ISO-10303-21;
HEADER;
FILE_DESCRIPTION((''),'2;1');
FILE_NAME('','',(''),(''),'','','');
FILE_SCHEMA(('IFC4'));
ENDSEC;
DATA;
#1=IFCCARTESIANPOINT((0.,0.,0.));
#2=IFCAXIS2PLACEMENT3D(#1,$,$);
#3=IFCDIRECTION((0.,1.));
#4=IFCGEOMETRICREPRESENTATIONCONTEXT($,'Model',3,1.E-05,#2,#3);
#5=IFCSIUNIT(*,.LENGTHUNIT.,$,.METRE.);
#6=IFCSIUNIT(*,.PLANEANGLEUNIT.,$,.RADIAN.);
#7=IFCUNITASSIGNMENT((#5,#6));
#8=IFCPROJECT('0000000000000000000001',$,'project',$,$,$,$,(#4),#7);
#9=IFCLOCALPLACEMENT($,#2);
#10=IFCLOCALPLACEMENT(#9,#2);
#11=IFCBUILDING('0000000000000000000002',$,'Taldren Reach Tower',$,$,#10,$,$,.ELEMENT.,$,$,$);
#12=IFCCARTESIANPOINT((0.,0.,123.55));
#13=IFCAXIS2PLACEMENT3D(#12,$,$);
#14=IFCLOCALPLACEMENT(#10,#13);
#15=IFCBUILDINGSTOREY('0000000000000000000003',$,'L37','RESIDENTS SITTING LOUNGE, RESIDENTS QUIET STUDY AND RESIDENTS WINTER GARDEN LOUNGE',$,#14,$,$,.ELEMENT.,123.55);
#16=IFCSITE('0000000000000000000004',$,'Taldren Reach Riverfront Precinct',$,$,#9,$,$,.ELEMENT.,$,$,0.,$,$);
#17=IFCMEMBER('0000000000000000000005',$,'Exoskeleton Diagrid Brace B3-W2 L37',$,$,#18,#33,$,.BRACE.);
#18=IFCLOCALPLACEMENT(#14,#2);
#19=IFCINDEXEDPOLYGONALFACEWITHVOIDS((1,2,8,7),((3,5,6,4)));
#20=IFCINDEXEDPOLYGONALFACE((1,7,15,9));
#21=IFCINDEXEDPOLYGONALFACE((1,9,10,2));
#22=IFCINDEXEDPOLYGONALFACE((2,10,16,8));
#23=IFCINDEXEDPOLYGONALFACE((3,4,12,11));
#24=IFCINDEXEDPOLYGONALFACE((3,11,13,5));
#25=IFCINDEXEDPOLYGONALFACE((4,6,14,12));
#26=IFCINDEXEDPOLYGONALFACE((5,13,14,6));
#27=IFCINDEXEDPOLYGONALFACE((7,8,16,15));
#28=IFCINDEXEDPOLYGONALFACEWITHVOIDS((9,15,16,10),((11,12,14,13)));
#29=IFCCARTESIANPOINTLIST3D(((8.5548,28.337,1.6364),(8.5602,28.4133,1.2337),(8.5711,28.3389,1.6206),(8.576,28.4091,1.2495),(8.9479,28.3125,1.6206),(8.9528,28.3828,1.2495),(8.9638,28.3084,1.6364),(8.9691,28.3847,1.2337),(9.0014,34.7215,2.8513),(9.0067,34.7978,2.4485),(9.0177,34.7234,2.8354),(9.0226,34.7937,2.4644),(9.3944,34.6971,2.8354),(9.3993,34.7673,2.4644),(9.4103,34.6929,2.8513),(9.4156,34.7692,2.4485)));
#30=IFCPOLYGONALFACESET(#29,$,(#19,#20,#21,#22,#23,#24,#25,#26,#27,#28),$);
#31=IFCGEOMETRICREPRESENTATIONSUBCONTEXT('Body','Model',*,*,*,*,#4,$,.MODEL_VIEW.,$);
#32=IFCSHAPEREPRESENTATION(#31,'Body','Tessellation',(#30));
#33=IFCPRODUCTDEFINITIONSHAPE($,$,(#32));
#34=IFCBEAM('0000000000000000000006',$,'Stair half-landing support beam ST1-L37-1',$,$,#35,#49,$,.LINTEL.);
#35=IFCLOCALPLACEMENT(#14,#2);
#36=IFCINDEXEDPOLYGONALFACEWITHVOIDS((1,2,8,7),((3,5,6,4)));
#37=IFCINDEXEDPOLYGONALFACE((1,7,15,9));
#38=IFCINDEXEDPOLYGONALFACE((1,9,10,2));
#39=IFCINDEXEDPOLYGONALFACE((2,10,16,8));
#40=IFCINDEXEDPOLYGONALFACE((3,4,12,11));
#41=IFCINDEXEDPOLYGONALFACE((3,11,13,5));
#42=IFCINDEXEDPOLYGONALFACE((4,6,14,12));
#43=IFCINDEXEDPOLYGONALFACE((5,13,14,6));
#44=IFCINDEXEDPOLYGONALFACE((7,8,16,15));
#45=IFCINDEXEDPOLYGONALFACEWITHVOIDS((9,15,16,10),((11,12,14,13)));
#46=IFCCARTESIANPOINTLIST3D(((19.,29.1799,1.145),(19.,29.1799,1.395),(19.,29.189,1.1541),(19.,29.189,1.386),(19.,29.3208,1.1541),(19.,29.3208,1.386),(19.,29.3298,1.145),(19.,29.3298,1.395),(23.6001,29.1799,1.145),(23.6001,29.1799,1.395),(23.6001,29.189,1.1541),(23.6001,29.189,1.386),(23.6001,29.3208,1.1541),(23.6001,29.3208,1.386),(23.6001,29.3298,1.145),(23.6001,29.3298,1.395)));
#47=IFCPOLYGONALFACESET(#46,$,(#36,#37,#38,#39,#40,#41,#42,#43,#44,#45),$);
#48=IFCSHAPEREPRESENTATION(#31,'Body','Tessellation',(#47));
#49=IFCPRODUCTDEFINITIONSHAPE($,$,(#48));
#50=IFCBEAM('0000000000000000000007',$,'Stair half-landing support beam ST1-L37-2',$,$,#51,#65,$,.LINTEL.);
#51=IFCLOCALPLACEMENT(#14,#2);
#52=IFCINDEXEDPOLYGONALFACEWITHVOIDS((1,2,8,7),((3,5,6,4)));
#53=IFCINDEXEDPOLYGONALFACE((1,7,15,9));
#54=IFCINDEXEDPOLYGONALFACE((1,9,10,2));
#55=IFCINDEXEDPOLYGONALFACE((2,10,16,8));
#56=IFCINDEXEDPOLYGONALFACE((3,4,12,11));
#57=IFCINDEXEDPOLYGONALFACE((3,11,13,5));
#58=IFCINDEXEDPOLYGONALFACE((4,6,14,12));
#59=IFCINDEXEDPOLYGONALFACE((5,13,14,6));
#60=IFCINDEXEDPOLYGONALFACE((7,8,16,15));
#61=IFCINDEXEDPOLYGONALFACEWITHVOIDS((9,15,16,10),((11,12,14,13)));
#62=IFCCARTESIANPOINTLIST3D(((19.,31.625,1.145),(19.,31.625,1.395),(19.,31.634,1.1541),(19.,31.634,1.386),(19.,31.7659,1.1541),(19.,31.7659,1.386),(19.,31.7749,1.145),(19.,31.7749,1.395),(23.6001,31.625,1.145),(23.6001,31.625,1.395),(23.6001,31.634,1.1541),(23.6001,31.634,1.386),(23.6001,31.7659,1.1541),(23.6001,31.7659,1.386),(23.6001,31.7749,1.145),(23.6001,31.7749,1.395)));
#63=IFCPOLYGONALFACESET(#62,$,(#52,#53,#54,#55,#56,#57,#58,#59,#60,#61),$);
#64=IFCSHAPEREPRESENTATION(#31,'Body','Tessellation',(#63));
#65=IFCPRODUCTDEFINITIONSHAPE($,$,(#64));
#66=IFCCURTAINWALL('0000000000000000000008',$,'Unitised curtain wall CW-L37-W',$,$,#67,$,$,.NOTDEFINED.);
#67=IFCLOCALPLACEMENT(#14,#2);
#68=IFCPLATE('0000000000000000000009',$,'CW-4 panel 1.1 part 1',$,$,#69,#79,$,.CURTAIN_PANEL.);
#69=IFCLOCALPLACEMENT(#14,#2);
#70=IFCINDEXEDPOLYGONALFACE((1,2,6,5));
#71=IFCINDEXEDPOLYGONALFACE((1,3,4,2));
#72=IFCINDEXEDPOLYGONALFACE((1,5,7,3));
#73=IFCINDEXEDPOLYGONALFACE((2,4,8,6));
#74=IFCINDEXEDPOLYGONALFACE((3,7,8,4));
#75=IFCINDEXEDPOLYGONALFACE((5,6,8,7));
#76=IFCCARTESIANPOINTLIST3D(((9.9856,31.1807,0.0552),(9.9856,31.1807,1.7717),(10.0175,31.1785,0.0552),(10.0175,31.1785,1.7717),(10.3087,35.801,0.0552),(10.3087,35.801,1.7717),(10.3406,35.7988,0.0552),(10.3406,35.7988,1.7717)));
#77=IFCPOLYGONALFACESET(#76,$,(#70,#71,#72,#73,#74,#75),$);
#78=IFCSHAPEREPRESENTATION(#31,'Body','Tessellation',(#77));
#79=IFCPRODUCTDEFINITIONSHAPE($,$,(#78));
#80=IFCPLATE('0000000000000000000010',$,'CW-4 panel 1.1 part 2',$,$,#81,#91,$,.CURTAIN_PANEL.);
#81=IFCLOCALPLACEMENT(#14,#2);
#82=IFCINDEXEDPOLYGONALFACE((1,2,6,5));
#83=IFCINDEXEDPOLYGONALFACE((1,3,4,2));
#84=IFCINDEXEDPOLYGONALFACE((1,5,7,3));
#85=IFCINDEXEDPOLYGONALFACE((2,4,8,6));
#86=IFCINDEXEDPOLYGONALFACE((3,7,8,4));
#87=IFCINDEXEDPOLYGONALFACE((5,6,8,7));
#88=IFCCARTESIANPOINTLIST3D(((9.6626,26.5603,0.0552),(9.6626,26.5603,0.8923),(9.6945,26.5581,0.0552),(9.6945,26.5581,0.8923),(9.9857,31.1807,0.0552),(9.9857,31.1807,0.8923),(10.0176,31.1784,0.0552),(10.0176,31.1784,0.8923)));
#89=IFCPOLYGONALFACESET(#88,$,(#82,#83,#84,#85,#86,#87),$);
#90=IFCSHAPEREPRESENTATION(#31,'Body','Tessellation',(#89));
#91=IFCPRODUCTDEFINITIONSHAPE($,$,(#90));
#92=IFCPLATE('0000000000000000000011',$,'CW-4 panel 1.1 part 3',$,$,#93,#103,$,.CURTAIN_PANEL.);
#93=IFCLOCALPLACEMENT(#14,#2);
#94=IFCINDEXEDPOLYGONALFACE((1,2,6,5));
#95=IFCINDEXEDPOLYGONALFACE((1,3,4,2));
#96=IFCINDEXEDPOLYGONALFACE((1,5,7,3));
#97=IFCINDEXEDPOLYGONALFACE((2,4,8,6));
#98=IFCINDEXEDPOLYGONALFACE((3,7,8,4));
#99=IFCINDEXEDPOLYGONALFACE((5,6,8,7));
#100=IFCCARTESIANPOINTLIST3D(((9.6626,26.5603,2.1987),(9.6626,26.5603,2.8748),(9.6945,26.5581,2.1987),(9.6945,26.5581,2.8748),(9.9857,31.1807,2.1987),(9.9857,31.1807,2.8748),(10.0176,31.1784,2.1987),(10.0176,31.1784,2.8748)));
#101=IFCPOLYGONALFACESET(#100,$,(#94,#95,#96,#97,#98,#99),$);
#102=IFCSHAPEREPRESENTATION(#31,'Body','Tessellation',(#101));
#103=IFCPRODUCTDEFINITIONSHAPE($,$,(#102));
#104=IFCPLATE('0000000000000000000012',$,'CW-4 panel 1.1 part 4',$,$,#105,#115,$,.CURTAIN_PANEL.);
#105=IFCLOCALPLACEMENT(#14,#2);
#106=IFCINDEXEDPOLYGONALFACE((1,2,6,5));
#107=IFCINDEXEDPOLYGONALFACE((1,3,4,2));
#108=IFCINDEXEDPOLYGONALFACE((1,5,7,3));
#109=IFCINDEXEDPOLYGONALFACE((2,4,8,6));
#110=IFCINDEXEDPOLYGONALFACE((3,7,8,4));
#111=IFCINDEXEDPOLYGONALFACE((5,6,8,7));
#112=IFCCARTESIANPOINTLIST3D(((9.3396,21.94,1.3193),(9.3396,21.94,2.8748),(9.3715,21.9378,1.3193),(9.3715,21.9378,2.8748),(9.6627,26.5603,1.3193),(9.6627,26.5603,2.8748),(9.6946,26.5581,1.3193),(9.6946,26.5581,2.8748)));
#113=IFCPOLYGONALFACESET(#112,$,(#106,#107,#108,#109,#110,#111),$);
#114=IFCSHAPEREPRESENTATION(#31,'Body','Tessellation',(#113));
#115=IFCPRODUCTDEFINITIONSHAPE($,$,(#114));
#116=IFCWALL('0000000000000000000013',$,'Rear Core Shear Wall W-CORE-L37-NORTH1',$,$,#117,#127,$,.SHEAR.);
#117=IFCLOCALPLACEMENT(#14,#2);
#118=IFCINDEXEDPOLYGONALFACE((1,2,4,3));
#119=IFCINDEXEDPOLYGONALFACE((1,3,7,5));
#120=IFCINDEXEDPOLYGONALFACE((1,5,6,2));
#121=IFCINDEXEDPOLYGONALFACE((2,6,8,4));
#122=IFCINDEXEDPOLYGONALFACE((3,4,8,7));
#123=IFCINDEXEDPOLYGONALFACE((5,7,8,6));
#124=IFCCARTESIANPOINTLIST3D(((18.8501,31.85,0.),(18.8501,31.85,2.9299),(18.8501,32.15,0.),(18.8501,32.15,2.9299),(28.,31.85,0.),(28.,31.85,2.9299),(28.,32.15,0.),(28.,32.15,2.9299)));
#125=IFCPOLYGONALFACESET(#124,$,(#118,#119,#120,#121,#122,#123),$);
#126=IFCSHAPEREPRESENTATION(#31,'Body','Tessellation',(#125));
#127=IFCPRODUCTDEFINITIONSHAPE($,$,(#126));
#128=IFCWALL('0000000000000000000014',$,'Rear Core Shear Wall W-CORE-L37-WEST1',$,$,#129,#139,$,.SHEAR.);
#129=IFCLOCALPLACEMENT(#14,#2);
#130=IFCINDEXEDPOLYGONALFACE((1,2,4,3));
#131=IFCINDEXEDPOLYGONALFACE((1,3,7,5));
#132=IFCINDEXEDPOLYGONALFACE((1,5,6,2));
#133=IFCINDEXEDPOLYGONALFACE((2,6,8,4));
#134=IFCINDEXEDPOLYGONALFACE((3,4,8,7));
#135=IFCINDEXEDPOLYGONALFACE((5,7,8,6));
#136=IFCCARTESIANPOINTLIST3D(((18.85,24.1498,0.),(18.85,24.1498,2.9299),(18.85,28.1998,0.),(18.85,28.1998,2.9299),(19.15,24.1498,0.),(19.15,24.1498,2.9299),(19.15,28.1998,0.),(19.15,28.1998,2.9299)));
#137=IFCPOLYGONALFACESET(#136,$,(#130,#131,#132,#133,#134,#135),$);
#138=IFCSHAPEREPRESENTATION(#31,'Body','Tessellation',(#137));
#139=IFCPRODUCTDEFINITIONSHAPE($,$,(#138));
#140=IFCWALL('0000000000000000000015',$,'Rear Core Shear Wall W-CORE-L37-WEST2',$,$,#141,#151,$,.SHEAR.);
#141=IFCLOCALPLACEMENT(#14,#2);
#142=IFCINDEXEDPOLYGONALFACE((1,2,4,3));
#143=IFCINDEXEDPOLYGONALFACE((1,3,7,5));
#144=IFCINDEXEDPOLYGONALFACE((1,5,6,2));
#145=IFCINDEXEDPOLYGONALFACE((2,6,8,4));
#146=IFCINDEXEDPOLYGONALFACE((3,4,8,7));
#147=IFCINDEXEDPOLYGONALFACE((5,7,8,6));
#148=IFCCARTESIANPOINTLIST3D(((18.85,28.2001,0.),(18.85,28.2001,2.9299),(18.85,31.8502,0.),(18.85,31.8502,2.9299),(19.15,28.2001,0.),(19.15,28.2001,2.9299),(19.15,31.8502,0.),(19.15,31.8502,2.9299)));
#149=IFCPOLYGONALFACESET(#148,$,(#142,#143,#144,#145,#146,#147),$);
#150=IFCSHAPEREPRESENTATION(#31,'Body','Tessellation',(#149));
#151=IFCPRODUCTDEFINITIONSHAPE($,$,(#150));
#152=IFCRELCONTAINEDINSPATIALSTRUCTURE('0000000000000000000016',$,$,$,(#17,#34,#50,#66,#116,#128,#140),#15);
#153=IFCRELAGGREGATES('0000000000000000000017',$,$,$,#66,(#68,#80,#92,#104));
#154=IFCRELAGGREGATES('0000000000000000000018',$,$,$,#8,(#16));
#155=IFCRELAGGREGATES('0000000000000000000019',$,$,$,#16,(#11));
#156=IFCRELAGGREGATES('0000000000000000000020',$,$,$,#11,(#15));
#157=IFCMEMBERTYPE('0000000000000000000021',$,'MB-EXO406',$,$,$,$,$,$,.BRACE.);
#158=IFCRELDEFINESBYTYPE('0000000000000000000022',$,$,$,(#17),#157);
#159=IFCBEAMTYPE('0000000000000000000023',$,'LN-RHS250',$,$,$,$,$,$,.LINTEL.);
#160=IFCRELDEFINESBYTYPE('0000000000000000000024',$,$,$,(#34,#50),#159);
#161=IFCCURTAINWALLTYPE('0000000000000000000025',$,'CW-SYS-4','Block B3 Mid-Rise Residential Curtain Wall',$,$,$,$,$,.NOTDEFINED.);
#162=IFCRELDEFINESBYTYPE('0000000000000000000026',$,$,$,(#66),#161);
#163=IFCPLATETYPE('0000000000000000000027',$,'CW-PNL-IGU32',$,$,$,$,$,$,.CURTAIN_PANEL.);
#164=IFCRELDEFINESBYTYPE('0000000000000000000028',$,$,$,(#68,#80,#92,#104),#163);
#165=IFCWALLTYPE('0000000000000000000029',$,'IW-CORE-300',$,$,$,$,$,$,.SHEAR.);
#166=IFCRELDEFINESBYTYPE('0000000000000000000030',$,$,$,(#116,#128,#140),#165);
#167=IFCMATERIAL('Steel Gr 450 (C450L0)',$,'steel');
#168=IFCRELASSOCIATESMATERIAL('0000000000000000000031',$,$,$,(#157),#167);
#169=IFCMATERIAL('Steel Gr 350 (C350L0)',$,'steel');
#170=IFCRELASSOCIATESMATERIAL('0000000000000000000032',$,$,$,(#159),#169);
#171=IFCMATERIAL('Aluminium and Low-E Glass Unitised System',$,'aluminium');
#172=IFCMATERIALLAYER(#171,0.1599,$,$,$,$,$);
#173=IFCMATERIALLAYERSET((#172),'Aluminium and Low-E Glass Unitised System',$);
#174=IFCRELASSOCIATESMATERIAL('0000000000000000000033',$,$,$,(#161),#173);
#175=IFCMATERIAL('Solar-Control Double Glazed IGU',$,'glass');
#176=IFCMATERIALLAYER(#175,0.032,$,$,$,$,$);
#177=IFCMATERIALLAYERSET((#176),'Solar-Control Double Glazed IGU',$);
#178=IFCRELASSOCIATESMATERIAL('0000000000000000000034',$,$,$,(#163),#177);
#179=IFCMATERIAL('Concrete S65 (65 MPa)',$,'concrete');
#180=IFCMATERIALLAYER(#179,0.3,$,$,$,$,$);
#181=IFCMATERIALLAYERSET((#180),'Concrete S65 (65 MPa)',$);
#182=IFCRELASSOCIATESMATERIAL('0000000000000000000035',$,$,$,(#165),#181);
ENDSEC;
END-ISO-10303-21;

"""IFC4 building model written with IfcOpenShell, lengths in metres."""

from ifc_helpers import new_model, si_unit, direction, frame, frame_2d, origin, origin_2d, place, context, subcontext, project, spatial, rectangle, hollow_rectangle, extrude, source, transform, mapped, material, layer, layer_set, material_profile, profile_set, type_object, element, aggregate, save


model = new_model("IFC4")

# Units and contexts
model_context = context("Model", 3, precision=1e-05, world=origin(), true_north=direction((0.0, 1.0)))
body_context = subcontext(model_context, "Body", "Model", "MODEL_VIEW")
ifc_project = project(units=[si_unit("LENGTHUNIT", "METRE"), si_unit("PLANEANGLEUNIT", "RADIAN")], contexts=[model_context])

# Site, building, storey
site_placement = place(None, origin())
site = spatial("IfcSite", under=ifc_project, at=site_placement, Name="Taldren Reach Riverfront Precinct", CompositionType="ELEMENT", RefElevation=0.0)
building_placement = place(site_placement, origin())
building = spatial("IfcBuilding", under=site, at=building_placement, Name="Taldren Reach Tower", CompositionType="ELEMENT")
storey_placement = place(building_placement, frame((0.0, 0.0, 123.55)))
storey = spatial("IfcBuildingStorey", under=building, at=storey_placement, Name="L37", Description="RESIDENTS SITTING LOUNGE, RESIDENTS QUIET STUDY AND RESIDENTS WINTER GARDEN LOUNGE", CompositionType="ELEMENT", Elevation=123.55)

# Shared definitions
ifc_material_1 = material(Name="Steel Gr 450 (C450L0)", Category="steel")

# Member
ifc_material_profile_1 = material_profile(ifc_material_1, hollow_rectangle(XDim=0.4099, YDim=0.4099, WallThickness=0.0161, at=origin_2d()), Name="410x410x16.0SHS")
ifc_profile_set_1 = profile_set([ifc_material_profile_1], Name="Steel Gr 450 (C450L0)")
member_type = type_object("IfcMemberType", Name="MB-EXO406", PredefinedType="BRACE", material=ifc_profile_set_1)
shared_shape_1 = source(origin(), body_context, "Body", "SweptSolid", [
    extrude(hollow_rectangle(XDim=0.4099, YDim=0.4099, WallThickness=0.0161, at=origin_2d()), origin(), (0.0, 0.0, 1.0), 6.5144),
])
member_placement = place(storey_placement, frame((8.762, 28.3608, 1.4351), z_axis=(0.068546, 0.980063, 0.186486), x_axis=(-0.997563, 0.06977, 0.0)))
element("IfcMember", 1, at=member_placement, inside=storey, type_object=member_type, Name="Exoskeleton Diagrid Brace B3-W2 L37", PredefinedType="BRACE", context=body_context, shape_type="MappedRepresentation", body=[
    mapped(shared_shape_1, transform((0.0, 0.0, 0.0), scale=1.0)),
])

# Beams
ifc_material_2 = material(Name="Steel Gr 350 (C350L0)", Category="steel")
ifc_material_profile_2 = material_profile(ifc_material_2, hollow_rectangle(XDim=0.1499, YDim=0.25, WallThickness=0.009, at=origin_2d()), Name="250x150x9.0RHS")
ifc_profile_set_2 = profile_set([ifc_material_profile_2], Name="Steel Gr 350 (C350L0)")
beam_type_1 = type_object("IfcBeamType", Name="LN-RHS250", PredefinedType="LINTEL", material=ifc_profile_set_2)
shared_shape_2 = source(origin(), body_context, "Body", "SweptSolid", [
    extrude(hollow_rectangle(XDim=0.1499, YDim=0.25, WallThickness=0.009, at=origin_2d()), origin(), (0.0, 0.0, 1.0), 4.6001),
])
for number, where, z_axis, x_axis, name in (
    (2, (19.0, 29.2549, 1.27), (1.0, 0.0, 0.0), (0.0, 1.0, 0.0), "Stair half-landing support beam ST1-L37-1"),
    (3, (19.0, 31.7, 1.27), (1.0, 0.0, 0.0), (0.0, 1.0, 0.0), "Stair half-landing support beam ST1-L37-2"),
):
    element("IfcBeam", number, at=place(storey_placement, frame(where, z_axis=z_axis, x_axis=x_axis)), inside=storey, type_object=beam_type_1, Name=name, PredefinedType="LINTEL", context=body_context, shape_type="MappedRepresentation", body=[
        mapped(shared_shape_2, transform((0.0, 0.0, 0.0), scale=1.0)),
    ])

# Curtain wall, plates
ifc_material_3 = material(Name="Aluminium and Low-E Glass Unitised System", Category="aluminium")
ifc_layer_1 = layer(ifc_material_3, 0.1599)
ifc_layer_set_1 = layer_set([ifc_layer_1], Name="Aluminium and Low-E Glass Unitised System")
curtain_wall_type = type_object("IfcCurtainWallType", Name="CW-SYS-4", Description="Block B3 Mid-Rise Residential Curtain Wall", PredefinedType="NOTDEFINED", material=ifc_layer_set_1)
curtain_wall_placement = place(storey_placement, origin())
curtain_wall = element("IfcCurtainWall", 4, at=curtain_wall_placement, inside=storey, type_object=curtain_wall_type, Name="Unitised curtain wall CW-L37-W", PredefinedType="NOTDEFINED")
ifc_material_4 = material(Name="Solar-Control Double Glazed IGU", Category="glass")
ifc_layer_2 = layer(ifc_material_4, 0.032)
ifc_layer_set_2 = layer_set([ifc_layer_2], Name="Solar-Control Double Glazed IGU")
plate_type = type_object("IfcPlateType", Name="CW-PNL-IGU32", PredefinedType="CURTAIN_PANEL", material=ifc_layer_set_2)
shared_shape_3 = source(origin(), body_context, "Body", "SweptSolid", [
    extrude(rectangle(XDim=4.6316, YDim=0.032, at=origin_2d()), origin(), (0.0, 0.0, 1.0), 1.7166),
])
plate_1_placement = place(storey_placement, frame((10.1631, 33.4897, 0.0552), z_axis=(0.0, 0.0, 1.0), x_axis=(-0.069756, -0.997564, 0.0)))
plate_1 = element("IfcPlate", 5, at=plate_1_placement, type_object=plate_type, Name="CW-4 panel 1.1 part 1", PredefinedType="CURTAIN_PANEL", context=body_context, shape_type="MappedRepresentation", body=[
    mapped(shared_shape_3, transform((0.0, 0.0, 0.0), scale=1.0)),
])
shared_shape_4 = source(origin(), body_context, "Body", "SweptSolid", [
    extrude(rectangle(XDim=4.6316, YDim=0.032, at=origin_2d()), origin(), (0.0, 0.0, 1.0), 0.8372),
])
plate_2_placement = place(storey_placement, frame((9.8401, 28.8694, 0.0552), z_axis=(0.0, 0.0, 1.0), x_axis=(-0.069756, -0.997564, 0.0)))
plate_2 = element("IfcPlate", 6, at=plate_2_placement, type_object=plate_type, Name="CW-4 panel 1.1 part 2", PredefinedType="CURTAIN_PANEL", context=body_context, shape_type="MappedRepresentation", body=[
    mapped(shared_shape_4, transform((0.0, 0.0, 0.0), scale=1.0)),
])
shared_shape_5 = source(origin(), body_context, "Body", "SweptSolid", [
    extrude(rectangle(XDim=4.6316, YDim=0.032, at=origin_2d()), origin(), (0.0, 0.0, 1.0), 0.676),
])
plate_3_placement = place(storey_placement, frame((9.8401, 28.8694, 2.1987), z_axis=(0.0, 0.0, 1.0), x_axis=(-0.069756, -0.997564, 0.0)))
plate_3 = element("IfcPlate", 7, at=plate_3_placement, type_object=plate_type, Name="CW-4 panel 1.1 part 3", PredefinedType="CURTAIN_PANEL", context=body_context, shape_type="MappedRepresentation", body=[
    mapped(shared_shape_5, transform((0.0, 0.0, 0.0), scale=1.0)),
])
shared_shape_6 = source(origin(), body_context, "Body", "SweptSolid", [
    extrude(rectangle(XDim=4.6316, YDim=0.032, at=origin_2d()), origin(), (0.0, 0.0, 1.0), 1.5554),
])
plate_4_placement = place(storey_placement, frame((9.5171, 24.249, 1.3193), z_axis=(0.0, 0.0, 1.0), x_axis=(-0.069756, -0.997564, 0.0)))
plate_4 = element("IfcPlate", 8, at=plate_4_placement, type_object=plate_type, Name="CW-4 panel 1.1 part 4", PredefinedType="CURTAIN_PANEL", context=body_context, shape_type="MappedRepresentation", body=[
    mapped(shared_shape_6, transform((0.0, 0.0, 0.0), scale=1.0)),
])
aggregate(curtain_wall, [plate_1, plate_2, plate_3, plate_4])

# Walls
ifc_material_5 = material(Name="Concrete S65 (65 MPa)", Category="concrete")
ifc_layer_3 = layer(ifc_material_5, 0.3)
ifc_layer_set_3 = layer_set([ifc_layer_3], Name="Concrete S65 (65 MPa)")
wall_type = type_object("IfcWallType", Name="IW-CORE-300", PredefinedType="SHEAR", material=ifc_layer_set_3)
shared_shape_7 = source(origin(), body_context, "Body", "SweptSolid", [
    extrude(rectangle(XDim=9.1499, YDim=0.3, at=frame_2d((4.575, 0.0))), origin(), (0.0, 0.0, 1.0), 2.9299),
])
wall_1_placement = place(storey_placement, frame((18.8501, 32.0, 0.0), z_axis=(0.0, 0.0, 1.0), x_axis=(1.0, 0.0, 0.0)))
element("IfcWall", 9, at=wall_1_placement, inside=storey, type_object=wall_type, Name="Rear Core Shear Wall W-CORE-L37-NORTH1", PredefinedType="SHEAR", context=body_context, shape_type="MappedRepresentation", body=[
    mapped(shared_shape_7, transform((0.0, 0.0, 0.0), scale=1.0)),
])
shared_shape_8 = source(origin(), body_context, "Body", "SweptSolid", [
    extrude(rectangle(XDim=4.05, YDim=0.3, at=frame_2d((2.0249, 0.0))), origin(), (0.0, 0.0, 1.0), 2.9299),
])
wall_2_placement = place(storey_placement, frame((19.0, 24.1499, 0.0), z_axis=(0.0, 0.0, 1.0), x_axis=(0.0, 1.0, 0.0)))
element("IfcWall", 10, at=wall_2_placement, inside=storey, type_object=wall_type, Name="Rear Core Shear Wall W-CORE-L37-WEST1", PredefinedType="SHEAR", context=body_context, shape_type="MappedRepresentation", body=[
    mapped(shared_shape_8, transform((0.0, 0.0, 0.0), scale=1.0)),
])
shared_shape_9 = source(origin(), body_context, "Body", "SweptSolid", [
    extrude(rectangle(XDim=3.6501, YDim=0.3, at=frame_2d((1.8252, 0.0))), origin(), (0.0, 0.0, 1.0), 2.9299),
])
wall_3_placement = place(storey_placement, frame((19.0, 28.2, 0.0), z_axis=(0.0, 0.0, 1.0), x_axis=(0.0, 1.0, 0.0)))
element("IfcWall", 11, at=wall_3_placement, inside=storey, type_object=wall_type, Name="Rear Core Shear Wall W-CORE-L37-WEST2", PredefinedType="SHEAR", context=body_context, shape_type="MappedRepresentation", body=[
    mapped(shared_shape_9, transform((0.0, 0.0, 0.0), scale=1.0)),
])

save(model, "model.ifc")
